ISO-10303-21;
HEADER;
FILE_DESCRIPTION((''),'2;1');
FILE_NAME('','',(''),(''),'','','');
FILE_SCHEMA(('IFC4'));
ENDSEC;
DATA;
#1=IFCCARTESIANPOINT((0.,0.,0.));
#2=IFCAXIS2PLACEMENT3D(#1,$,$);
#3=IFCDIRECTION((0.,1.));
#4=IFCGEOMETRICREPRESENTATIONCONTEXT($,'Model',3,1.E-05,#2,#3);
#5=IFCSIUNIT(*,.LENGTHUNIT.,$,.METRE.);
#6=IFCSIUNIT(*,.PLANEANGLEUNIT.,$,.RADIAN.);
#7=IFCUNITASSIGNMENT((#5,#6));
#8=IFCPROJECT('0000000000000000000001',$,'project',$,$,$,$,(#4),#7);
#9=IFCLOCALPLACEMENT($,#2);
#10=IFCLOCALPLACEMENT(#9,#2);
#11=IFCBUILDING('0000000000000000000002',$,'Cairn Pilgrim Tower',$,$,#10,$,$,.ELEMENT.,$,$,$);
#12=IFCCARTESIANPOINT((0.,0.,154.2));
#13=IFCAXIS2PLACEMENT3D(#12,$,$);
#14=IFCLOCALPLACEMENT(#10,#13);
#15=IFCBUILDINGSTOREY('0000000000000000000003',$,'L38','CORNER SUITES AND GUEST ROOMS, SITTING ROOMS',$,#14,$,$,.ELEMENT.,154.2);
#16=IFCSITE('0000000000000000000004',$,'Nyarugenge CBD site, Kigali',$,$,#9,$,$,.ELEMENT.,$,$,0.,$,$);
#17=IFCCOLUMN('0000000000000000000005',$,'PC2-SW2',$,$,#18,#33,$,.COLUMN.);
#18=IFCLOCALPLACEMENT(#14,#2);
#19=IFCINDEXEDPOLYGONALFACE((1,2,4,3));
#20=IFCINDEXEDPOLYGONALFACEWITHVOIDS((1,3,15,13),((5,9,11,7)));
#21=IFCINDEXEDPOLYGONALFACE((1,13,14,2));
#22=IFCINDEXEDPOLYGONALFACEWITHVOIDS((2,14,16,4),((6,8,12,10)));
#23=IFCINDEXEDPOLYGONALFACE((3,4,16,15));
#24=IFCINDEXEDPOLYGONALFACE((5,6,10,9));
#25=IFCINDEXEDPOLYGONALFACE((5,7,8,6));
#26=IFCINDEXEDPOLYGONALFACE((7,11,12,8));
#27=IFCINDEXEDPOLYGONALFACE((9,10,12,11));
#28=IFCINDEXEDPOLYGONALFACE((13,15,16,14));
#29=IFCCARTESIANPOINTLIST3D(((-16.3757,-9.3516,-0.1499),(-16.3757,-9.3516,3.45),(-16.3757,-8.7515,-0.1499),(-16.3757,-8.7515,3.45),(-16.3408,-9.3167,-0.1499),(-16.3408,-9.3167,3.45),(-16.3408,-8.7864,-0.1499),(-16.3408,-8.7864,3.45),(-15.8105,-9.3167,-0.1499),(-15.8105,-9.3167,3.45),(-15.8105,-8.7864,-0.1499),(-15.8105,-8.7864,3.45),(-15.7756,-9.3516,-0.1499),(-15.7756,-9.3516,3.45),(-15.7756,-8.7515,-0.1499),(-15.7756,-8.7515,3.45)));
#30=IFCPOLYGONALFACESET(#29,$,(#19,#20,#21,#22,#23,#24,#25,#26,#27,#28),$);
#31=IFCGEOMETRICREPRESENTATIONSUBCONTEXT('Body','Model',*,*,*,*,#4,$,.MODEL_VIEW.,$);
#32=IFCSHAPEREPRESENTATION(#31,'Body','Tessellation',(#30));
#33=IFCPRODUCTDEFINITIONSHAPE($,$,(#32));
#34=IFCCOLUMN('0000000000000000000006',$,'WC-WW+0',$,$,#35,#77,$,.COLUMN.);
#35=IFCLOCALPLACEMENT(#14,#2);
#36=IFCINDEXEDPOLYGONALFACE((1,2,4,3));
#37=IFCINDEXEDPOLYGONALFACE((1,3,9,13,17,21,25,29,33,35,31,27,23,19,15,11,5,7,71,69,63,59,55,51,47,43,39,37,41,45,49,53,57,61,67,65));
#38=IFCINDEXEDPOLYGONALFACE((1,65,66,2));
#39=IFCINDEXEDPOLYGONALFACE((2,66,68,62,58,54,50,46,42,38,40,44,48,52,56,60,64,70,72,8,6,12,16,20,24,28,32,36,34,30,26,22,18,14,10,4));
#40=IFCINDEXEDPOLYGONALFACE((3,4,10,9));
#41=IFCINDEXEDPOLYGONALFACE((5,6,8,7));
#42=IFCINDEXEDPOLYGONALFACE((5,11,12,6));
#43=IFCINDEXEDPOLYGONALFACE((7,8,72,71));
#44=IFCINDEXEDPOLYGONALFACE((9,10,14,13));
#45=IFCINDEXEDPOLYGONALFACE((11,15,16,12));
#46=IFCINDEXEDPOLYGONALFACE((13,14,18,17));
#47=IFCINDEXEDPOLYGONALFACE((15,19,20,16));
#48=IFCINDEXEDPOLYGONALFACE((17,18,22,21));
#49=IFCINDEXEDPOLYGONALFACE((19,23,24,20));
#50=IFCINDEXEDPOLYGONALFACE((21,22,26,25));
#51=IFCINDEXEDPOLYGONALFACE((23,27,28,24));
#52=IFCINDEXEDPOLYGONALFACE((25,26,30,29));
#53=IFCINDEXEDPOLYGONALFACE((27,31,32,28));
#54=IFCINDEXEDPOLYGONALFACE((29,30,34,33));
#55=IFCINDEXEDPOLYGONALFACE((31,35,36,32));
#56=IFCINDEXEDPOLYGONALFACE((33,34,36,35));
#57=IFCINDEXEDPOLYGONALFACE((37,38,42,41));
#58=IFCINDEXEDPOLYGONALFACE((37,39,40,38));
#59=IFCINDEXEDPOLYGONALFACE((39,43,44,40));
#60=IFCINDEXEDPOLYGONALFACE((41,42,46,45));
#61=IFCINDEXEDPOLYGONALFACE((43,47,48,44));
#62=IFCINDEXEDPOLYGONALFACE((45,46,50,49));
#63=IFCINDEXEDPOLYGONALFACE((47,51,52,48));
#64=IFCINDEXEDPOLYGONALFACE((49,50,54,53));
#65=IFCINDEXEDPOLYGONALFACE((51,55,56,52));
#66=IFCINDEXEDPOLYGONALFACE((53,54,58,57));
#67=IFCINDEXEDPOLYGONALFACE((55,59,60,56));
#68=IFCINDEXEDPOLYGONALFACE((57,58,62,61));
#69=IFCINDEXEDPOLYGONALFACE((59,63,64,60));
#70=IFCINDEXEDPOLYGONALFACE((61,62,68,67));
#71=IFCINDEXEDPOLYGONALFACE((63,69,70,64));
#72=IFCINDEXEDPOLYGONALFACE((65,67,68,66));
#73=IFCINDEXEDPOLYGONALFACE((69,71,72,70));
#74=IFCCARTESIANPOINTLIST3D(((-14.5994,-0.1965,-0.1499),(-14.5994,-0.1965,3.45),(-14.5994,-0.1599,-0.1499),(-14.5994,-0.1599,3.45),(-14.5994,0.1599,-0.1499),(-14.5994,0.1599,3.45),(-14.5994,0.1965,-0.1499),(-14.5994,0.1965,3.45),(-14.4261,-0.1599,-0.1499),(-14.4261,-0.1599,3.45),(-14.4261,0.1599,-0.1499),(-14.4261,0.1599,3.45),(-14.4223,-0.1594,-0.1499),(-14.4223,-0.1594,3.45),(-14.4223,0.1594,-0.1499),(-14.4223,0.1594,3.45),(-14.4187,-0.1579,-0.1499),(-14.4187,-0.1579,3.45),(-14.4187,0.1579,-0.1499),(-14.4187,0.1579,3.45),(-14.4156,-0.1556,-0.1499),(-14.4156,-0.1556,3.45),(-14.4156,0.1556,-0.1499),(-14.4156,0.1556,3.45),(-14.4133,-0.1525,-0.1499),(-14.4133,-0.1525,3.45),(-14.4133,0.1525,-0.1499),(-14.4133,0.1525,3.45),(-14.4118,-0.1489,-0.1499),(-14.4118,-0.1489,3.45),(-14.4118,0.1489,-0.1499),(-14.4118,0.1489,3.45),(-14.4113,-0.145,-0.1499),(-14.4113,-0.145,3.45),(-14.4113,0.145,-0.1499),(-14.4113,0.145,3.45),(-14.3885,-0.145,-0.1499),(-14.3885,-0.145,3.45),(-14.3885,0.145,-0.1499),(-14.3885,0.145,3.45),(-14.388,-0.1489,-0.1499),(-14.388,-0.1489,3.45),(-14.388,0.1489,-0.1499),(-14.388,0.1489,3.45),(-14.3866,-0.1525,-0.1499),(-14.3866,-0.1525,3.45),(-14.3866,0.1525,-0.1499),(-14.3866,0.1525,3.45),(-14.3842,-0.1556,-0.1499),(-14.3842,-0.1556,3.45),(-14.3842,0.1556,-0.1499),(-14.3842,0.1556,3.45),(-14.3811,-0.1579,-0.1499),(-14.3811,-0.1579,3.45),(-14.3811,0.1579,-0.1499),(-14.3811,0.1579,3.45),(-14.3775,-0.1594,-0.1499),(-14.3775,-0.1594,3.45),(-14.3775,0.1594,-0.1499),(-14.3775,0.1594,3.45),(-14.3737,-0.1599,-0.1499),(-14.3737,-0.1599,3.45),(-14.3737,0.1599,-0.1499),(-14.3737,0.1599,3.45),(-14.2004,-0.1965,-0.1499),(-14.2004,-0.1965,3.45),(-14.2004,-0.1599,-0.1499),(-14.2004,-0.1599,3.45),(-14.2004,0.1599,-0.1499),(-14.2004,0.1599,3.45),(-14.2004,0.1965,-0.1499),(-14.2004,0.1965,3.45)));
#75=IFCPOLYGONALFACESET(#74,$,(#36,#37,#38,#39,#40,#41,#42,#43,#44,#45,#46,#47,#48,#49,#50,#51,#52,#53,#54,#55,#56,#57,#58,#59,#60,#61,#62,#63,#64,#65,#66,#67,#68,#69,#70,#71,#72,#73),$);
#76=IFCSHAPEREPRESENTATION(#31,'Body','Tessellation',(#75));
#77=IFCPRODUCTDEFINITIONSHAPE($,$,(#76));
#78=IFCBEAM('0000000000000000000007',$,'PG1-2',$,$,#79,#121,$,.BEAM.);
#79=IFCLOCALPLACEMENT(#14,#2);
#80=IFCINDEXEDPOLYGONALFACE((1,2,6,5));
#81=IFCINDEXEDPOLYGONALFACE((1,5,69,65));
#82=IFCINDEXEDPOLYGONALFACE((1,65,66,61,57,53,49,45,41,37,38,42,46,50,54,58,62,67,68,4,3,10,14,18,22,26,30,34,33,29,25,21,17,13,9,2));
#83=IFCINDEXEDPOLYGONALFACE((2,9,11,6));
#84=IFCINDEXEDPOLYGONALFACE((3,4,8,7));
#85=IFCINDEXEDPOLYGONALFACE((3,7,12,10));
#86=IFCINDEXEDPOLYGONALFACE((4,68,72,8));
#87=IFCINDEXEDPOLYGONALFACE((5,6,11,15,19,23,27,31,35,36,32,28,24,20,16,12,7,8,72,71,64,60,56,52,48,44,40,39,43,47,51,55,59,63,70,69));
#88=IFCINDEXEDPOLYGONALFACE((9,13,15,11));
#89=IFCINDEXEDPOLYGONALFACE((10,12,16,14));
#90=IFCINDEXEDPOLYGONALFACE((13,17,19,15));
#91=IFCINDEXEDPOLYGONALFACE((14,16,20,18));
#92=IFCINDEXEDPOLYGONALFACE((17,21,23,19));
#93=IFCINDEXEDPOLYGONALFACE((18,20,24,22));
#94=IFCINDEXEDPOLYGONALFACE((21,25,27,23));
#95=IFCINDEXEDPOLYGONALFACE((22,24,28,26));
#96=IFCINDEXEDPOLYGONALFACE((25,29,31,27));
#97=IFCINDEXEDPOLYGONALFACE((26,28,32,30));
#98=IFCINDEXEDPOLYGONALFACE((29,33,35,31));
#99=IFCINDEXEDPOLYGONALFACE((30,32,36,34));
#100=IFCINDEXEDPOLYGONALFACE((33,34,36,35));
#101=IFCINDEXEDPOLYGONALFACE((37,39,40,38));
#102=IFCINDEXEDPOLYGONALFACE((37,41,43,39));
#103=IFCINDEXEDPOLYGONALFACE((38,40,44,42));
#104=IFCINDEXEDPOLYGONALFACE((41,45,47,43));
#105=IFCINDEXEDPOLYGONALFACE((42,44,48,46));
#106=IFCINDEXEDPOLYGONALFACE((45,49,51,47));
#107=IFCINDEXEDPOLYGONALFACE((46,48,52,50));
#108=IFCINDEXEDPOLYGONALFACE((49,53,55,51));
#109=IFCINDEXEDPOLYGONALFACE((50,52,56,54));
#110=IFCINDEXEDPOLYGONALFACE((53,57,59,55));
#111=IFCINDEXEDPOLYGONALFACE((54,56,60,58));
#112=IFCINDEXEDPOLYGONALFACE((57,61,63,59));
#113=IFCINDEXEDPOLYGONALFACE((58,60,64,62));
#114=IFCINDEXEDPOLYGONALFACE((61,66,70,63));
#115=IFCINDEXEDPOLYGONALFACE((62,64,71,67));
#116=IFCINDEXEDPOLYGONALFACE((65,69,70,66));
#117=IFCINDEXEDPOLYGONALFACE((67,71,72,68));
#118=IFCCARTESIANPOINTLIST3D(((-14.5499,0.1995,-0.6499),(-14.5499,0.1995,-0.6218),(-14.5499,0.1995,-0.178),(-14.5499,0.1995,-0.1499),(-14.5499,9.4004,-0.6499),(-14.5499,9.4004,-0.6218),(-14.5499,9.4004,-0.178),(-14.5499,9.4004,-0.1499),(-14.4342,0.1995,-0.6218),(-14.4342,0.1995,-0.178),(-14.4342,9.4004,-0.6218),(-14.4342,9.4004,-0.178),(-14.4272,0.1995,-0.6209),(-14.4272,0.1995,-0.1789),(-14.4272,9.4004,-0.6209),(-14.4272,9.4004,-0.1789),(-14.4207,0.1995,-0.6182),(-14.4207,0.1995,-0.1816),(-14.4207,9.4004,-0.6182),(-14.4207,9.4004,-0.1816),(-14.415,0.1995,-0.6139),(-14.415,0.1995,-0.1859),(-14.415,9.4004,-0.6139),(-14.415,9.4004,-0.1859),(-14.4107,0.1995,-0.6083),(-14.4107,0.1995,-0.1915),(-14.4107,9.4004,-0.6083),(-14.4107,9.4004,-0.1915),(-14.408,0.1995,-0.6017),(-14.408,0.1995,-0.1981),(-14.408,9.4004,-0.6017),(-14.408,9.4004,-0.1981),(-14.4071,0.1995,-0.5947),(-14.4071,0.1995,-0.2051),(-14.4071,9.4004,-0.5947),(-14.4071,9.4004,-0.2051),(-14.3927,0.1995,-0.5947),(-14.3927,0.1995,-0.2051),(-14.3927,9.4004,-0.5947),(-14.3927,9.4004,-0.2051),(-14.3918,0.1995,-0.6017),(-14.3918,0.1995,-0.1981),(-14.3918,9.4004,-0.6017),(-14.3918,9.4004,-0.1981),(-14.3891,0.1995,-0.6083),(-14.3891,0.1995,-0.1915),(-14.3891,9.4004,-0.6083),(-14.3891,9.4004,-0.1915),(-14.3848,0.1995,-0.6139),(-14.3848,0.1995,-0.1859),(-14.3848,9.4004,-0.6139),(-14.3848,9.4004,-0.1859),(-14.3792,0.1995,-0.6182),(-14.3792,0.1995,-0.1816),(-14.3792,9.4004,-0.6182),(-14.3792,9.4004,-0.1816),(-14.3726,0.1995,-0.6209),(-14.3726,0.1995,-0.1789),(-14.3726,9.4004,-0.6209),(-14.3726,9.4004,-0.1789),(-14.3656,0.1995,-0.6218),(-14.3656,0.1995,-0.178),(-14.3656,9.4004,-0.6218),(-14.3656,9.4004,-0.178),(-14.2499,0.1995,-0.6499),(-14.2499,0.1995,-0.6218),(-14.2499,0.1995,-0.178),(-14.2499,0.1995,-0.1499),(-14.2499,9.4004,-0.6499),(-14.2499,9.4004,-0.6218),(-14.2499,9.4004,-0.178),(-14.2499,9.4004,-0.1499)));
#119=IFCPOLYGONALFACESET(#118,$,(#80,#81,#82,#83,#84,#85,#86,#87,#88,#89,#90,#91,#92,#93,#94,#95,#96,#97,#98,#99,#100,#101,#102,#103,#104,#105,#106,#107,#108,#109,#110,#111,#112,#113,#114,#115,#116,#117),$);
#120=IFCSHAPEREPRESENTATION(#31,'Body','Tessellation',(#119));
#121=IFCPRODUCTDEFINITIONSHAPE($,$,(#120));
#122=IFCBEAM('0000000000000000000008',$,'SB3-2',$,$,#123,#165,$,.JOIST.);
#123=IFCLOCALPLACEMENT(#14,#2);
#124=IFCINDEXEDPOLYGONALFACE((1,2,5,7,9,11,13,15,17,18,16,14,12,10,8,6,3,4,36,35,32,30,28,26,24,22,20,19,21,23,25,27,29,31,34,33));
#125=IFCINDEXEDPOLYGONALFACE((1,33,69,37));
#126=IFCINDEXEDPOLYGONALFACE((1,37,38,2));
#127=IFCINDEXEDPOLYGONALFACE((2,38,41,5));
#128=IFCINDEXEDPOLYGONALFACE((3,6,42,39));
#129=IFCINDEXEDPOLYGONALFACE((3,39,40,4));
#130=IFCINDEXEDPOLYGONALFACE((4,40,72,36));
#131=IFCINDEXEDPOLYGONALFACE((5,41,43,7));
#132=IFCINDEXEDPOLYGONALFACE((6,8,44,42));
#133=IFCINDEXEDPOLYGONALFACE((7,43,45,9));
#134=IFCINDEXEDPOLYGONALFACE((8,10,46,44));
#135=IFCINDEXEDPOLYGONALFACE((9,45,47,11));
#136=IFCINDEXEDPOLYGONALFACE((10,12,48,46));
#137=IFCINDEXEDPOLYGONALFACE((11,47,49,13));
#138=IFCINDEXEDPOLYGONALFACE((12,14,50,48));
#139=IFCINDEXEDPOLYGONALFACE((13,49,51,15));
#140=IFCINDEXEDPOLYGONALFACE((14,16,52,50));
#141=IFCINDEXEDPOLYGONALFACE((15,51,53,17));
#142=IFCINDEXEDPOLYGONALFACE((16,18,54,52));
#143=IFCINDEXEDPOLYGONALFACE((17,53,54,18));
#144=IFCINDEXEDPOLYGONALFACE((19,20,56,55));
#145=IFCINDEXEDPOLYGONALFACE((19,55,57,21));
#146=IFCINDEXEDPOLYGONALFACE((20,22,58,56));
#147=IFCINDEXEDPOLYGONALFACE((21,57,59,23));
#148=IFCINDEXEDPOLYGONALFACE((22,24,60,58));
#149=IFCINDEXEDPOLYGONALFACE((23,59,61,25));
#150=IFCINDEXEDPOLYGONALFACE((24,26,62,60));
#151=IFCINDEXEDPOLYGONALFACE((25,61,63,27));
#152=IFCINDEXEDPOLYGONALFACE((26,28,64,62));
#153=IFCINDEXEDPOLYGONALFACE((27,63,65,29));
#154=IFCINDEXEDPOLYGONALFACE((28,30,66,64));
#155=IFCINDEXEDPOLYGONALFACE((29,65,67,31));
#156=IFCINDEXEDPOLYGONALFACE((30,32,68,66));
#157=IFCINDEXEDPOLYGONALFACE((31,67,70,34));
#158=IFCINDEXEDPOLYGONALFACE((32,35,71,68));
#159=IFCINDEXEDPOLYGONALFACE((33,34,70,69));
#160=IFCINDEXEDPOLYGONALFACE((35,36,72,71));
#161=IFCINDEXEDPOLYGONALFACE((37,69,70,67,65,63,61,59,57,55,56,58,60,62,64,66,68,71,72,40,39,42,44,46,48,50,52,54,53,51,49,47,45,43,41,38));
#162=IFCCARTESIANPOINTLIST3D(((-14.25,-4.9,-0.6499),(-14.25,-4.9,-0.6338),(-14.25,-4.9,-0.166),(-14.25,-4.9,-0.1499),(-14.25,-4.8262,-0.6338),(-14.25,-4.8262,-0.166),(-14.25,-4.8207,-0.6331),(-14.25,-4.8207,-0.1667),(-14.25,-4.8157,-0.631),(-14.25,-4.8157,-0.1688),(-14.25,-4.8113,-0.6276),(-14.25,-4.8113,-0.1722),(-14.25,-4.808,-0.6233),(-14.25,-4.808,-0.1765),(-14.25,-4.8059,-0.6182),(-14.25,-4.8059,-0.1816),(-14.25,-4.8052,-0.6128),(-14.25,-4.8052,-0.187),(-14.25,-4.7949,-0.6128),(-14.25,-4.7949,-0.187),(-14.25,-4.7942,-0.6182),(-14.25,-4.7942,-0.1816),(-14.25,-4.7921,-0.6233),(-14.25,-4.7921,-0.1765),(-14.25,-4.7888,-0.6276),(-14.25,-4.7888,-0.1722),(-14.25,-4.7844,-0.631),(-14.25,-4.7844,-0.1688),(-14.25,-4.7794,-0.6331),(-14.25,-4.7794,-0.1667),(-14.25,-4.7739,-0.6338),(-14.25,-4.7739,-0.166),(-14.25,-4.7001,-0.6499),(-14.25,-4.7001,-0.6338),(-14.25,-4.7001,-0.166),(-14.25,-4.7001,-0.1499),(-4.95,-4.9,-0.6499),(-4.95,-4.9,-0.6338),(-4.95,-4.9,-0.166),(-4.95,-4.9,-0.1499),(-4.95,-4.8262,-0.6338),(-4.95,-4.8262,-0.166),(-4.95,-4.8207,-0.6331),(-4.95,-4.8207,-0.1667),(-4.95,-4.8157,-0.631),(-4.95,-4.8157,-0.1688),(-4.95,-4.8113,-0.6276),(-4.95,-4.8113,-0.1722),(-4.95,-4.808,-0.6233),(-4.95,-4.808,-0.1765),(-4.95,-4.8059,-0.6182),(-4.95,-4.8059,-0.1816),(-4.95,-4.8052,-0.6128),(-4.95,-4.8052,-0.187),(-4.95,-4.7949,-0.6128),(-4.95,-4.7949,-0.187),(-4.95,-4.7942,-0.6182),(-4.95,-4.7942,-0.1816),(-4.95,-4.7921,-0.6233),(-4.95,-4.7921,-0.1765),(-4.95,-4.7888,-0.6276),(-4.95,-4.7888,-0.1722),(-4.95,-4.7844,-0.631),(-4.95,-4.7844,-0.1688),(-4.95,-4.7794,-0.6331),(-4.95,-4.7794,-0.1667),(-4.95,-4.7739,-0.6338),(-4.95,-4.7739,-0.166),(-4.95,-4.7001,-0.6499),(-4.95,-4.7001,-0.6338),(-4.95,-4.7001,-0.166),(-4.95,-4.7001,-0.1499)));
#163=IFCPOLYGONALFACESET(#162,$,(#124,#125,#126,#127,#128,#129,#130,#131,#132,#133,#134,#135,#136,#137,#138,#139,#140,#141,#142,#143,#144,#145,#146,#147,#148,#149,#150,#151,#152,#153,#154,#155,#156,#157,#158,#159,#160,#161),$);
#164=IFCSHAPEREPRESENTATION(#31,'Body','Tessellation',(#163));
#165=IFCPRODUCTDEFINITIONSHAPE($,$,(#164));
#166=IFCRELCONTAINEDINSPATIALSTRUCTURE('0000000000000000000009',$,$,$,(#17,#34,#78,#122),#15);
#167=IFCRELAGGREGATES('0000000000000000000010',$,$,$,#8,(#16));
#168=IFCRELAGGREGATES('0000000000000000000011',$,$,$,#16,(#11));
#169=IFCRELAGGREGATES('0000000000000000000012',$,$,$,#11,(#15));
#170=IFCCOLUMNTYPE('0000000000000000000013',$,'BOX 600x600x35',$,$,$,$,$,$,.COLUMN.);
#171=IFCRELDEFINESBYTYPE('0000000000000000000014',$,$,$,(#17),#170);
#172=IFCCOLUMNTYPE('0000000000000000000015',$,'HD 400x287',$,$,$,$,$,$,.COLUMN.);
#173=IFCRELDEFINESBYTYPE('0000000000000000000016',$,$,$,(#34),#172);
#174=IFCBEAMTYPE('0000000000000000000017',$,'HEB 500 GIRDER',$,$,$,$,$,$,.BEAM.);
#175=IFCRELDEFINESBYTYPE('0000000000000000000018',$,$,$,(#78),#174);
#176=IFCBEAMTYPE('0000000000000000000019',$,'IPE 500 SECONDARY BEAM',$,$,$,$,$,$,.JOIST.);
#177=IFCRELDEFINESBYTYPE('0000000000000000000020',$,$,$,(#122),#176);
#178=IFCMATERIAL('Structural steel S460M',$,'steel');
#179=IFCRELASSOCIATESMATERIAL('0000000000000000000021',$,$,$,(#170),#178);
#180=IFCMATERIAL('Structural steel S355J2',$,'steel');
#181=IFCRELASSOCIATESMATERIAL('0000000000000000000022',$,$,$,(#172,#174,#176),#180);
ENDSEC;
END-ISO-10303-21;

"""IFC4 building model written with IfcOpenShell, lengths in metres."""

from ifc_helpers import new_model, si_unit, direction, frame, origin, origin_2d, place, context, subcontext, project, spatial, hollow_rectangle, i_section, extrude, material, material_profile, profile_set, type_object, element, save


model = new_model("IFC4")

# Units and contexts
model_context = context("Model", 3, precision=1e-05, world=origin(), true_north=direction((0.0, 1.0)))
body_context = subcontext(model_context, "Body", "Model", "MODEL_VIEW")
ifc_project = project(units=[si_unit("LENGTHUNIT", "METRE"), si_unit("PLANEANGLEUNIT", "RADIAN")], contexts=[model_context])

# Site, building, storey
site_placement = place(None, origin())
site = spatial("IfcSite", under=ifc_project, at=site_placement, Name="Nyarugenge CBD site, Kigali", CompositionType="ELEMENT", RefElevation=0.0)
building_placement = place(site_placement, origin())
building = spatial("IfcBuilding", under=site, at=building_placement, Name="Cairn Pilgrim Tower", CompositionType="ELEMENT")
storey_placement = place(building_placement, frame((0.0, 0.0, 154.2)))
storey = spatial("IfcBuildingStorey", under=building, at=storey_placement, Name="L38", Description="CORNER SUITES AND GUEST ROOMS, SITTING ROOMS", CompositionType="ELEMENT", Elevation=154.2)

# Columns
ifc_material_1 = material(Name="Structural steel S460M", Category="steel")
ifc_material_profile_1 = material_profile(ifc_material_1, hollow_rectangle(XDim=0.6001, YDim=0.6001, WallThickness=0.0349, at=origin_2d()), Name="BOX 600x600x35")
ifc_profile_set_1 = profile_set([ifc_material_profile_1], Name="Structural steel S460M")
column_type_1 = type_object("IfcColumnType", Name="BOX 600x600x35", PredefinedType="COLUMN", material=ifc_profile_set_1)
column_1_placement = place(storey_placement, frame((-16.0757, -9.0515, -0.1499), z_axis=(0.0, 0.0, 1.0), x_axis=(1.0, 0.0, 0.0)))
element("IfcColumn", 1, at=column_1_placement, inside=storey, type_object=column_type_1, Name="PC2-SW2", PredefinedType="COLUMN", context=body_context, shape_type="SweptSolid", body=[
    extrude(hollow_rectangle(XDim=0.6001, YDim=0.6001, WallThickness=0.0349, at=origin_2d()), origin(), (0.0, 0.0, 1.0), 3.5999),
])
ifc_material_2 = material(Name="Structural steel S355J2", Category="steel")
ifc_material_profile_2 = material_profile(ifc_material_2, i_section(OverallWidth=0.3989, OverallDepth=0.3931, WebThickness=0.0227, FlangeThickness=0.0366, FilletRadius=0.0149, at=origin_2d()), Name="HD 400x287")
ifc_profile_set_2 = profile_set([ifc_material_profile_2], Name="Structural steel S355J2")
column_type_2 = type_object("IfcColumnType", Name="HD 400x287", PredefinedType="COLUMN", material=ifc_profile_set_2)
column_2_placement = place(storey_placement, frame((-14.3999, 0.0, -0.1499), z_axis=(0.0, 0.0, 1.0), x_axis=(1.0, 0.0, 0.0)))
element("IfcColumn", 2, at=column_2_placement, inside=storey, type_object=column_type_2, Name="WC-WW+0", PredefinedType="COLUMN", context=body_context, shape_type="SweptSolid", body=[
    extrude(i_section(OverallWidth=0.3989, OverallDepth=0.3931, WebThickness=0.0227, FlangeThickness=0.0366, FilletRadius=0.0149, at=origin_2d()), origin(), (0.0, 0.0, 1.0), 3.5999),
])

# Beams
ifc_material_profile_3 = material_profile(ifc_material_2, i_section(OverallWidth=0.3, OverallDepth=0.5, WebThickness=0.0144, FlangeThickness=0.0281, FilletRadius=0.0271, at=origin_2d()), Name="HEB 500")
ifc_profile_set_3 = profile_set([ifc_material_profile_3], Name="Structural steel S355J2")
beam_type_1 = type_object("IfcBeamType", Name="HEB 500 GIRDER", PredefinedType="BEAM", material=ifc_profile_set_3)
beam_placement = place(storey_placement, frame((-14.3999, 0.1995, -0.3999), z_axis=(0.0, 1.0, 0.0), x_axis=(-1.0, 0.0, 0.0)))
element("IfcBeam", 3, at=beam_placement, inside=storey, type_object=beam_type_1, Name="PG1-2", PredefinedType="BEAM", context=body_context, shape_type="SweptSolid", body=[
    extrude(i_section(OverallWidth=0.3, OverallDepth=0.5, WebThickness=0.0144, FlangeThickness=0.0281, FilletRadius=0.0271, at=origin_2d()), origin(), (0.0, 0.0, 1.0), 9.2009),
])
ifc_material_profile_4 = material_profile(ifc_material_2, i_section(OverallWidth=0.2, OverallDepth=0.5, WebThickness=0.0103, FlangeThickness=0.0161, FilletRadius=0.021, at=origin_2d()), Name="IPE 500")
ifc_profile_set_4 = profile_set([ifc_material_profile_4], Name="Structural steel S355J2")
beam_type_2 = type_object("IfcBeamType", Name="IPE 500 SECONDARY BEAM", PredefinedType="JOIST", material=ifc_profile_set_4)
for number, where, z_axis, x_axis, name in (
    (4, (-14.25, -4.8, -0.3999), (1.0, 0.0, 0.0), (0.0, 1.0, 0.0), "SB3-2"),
):
    element("IfcBeam", number, at=place(storey_placement, frame(where, z_axis=z_axis, x_axis=x_axis)), inside=storey, type_object=beam_type_2, Name=name, PredefinedType="JOIST", context=body_context, shape_type="SweptSolid", body=[
        extrude(i_section(OverallWidth=0.2, OverallDepth=0.5, WebThickness=0.0103, FlangeThickness=0.0161, FilletRadius=0.021, at=origin_2d()), origin(), (0.0, 0.0, 1.0), 9.3),
    ])

save(model, "model.ifc")
